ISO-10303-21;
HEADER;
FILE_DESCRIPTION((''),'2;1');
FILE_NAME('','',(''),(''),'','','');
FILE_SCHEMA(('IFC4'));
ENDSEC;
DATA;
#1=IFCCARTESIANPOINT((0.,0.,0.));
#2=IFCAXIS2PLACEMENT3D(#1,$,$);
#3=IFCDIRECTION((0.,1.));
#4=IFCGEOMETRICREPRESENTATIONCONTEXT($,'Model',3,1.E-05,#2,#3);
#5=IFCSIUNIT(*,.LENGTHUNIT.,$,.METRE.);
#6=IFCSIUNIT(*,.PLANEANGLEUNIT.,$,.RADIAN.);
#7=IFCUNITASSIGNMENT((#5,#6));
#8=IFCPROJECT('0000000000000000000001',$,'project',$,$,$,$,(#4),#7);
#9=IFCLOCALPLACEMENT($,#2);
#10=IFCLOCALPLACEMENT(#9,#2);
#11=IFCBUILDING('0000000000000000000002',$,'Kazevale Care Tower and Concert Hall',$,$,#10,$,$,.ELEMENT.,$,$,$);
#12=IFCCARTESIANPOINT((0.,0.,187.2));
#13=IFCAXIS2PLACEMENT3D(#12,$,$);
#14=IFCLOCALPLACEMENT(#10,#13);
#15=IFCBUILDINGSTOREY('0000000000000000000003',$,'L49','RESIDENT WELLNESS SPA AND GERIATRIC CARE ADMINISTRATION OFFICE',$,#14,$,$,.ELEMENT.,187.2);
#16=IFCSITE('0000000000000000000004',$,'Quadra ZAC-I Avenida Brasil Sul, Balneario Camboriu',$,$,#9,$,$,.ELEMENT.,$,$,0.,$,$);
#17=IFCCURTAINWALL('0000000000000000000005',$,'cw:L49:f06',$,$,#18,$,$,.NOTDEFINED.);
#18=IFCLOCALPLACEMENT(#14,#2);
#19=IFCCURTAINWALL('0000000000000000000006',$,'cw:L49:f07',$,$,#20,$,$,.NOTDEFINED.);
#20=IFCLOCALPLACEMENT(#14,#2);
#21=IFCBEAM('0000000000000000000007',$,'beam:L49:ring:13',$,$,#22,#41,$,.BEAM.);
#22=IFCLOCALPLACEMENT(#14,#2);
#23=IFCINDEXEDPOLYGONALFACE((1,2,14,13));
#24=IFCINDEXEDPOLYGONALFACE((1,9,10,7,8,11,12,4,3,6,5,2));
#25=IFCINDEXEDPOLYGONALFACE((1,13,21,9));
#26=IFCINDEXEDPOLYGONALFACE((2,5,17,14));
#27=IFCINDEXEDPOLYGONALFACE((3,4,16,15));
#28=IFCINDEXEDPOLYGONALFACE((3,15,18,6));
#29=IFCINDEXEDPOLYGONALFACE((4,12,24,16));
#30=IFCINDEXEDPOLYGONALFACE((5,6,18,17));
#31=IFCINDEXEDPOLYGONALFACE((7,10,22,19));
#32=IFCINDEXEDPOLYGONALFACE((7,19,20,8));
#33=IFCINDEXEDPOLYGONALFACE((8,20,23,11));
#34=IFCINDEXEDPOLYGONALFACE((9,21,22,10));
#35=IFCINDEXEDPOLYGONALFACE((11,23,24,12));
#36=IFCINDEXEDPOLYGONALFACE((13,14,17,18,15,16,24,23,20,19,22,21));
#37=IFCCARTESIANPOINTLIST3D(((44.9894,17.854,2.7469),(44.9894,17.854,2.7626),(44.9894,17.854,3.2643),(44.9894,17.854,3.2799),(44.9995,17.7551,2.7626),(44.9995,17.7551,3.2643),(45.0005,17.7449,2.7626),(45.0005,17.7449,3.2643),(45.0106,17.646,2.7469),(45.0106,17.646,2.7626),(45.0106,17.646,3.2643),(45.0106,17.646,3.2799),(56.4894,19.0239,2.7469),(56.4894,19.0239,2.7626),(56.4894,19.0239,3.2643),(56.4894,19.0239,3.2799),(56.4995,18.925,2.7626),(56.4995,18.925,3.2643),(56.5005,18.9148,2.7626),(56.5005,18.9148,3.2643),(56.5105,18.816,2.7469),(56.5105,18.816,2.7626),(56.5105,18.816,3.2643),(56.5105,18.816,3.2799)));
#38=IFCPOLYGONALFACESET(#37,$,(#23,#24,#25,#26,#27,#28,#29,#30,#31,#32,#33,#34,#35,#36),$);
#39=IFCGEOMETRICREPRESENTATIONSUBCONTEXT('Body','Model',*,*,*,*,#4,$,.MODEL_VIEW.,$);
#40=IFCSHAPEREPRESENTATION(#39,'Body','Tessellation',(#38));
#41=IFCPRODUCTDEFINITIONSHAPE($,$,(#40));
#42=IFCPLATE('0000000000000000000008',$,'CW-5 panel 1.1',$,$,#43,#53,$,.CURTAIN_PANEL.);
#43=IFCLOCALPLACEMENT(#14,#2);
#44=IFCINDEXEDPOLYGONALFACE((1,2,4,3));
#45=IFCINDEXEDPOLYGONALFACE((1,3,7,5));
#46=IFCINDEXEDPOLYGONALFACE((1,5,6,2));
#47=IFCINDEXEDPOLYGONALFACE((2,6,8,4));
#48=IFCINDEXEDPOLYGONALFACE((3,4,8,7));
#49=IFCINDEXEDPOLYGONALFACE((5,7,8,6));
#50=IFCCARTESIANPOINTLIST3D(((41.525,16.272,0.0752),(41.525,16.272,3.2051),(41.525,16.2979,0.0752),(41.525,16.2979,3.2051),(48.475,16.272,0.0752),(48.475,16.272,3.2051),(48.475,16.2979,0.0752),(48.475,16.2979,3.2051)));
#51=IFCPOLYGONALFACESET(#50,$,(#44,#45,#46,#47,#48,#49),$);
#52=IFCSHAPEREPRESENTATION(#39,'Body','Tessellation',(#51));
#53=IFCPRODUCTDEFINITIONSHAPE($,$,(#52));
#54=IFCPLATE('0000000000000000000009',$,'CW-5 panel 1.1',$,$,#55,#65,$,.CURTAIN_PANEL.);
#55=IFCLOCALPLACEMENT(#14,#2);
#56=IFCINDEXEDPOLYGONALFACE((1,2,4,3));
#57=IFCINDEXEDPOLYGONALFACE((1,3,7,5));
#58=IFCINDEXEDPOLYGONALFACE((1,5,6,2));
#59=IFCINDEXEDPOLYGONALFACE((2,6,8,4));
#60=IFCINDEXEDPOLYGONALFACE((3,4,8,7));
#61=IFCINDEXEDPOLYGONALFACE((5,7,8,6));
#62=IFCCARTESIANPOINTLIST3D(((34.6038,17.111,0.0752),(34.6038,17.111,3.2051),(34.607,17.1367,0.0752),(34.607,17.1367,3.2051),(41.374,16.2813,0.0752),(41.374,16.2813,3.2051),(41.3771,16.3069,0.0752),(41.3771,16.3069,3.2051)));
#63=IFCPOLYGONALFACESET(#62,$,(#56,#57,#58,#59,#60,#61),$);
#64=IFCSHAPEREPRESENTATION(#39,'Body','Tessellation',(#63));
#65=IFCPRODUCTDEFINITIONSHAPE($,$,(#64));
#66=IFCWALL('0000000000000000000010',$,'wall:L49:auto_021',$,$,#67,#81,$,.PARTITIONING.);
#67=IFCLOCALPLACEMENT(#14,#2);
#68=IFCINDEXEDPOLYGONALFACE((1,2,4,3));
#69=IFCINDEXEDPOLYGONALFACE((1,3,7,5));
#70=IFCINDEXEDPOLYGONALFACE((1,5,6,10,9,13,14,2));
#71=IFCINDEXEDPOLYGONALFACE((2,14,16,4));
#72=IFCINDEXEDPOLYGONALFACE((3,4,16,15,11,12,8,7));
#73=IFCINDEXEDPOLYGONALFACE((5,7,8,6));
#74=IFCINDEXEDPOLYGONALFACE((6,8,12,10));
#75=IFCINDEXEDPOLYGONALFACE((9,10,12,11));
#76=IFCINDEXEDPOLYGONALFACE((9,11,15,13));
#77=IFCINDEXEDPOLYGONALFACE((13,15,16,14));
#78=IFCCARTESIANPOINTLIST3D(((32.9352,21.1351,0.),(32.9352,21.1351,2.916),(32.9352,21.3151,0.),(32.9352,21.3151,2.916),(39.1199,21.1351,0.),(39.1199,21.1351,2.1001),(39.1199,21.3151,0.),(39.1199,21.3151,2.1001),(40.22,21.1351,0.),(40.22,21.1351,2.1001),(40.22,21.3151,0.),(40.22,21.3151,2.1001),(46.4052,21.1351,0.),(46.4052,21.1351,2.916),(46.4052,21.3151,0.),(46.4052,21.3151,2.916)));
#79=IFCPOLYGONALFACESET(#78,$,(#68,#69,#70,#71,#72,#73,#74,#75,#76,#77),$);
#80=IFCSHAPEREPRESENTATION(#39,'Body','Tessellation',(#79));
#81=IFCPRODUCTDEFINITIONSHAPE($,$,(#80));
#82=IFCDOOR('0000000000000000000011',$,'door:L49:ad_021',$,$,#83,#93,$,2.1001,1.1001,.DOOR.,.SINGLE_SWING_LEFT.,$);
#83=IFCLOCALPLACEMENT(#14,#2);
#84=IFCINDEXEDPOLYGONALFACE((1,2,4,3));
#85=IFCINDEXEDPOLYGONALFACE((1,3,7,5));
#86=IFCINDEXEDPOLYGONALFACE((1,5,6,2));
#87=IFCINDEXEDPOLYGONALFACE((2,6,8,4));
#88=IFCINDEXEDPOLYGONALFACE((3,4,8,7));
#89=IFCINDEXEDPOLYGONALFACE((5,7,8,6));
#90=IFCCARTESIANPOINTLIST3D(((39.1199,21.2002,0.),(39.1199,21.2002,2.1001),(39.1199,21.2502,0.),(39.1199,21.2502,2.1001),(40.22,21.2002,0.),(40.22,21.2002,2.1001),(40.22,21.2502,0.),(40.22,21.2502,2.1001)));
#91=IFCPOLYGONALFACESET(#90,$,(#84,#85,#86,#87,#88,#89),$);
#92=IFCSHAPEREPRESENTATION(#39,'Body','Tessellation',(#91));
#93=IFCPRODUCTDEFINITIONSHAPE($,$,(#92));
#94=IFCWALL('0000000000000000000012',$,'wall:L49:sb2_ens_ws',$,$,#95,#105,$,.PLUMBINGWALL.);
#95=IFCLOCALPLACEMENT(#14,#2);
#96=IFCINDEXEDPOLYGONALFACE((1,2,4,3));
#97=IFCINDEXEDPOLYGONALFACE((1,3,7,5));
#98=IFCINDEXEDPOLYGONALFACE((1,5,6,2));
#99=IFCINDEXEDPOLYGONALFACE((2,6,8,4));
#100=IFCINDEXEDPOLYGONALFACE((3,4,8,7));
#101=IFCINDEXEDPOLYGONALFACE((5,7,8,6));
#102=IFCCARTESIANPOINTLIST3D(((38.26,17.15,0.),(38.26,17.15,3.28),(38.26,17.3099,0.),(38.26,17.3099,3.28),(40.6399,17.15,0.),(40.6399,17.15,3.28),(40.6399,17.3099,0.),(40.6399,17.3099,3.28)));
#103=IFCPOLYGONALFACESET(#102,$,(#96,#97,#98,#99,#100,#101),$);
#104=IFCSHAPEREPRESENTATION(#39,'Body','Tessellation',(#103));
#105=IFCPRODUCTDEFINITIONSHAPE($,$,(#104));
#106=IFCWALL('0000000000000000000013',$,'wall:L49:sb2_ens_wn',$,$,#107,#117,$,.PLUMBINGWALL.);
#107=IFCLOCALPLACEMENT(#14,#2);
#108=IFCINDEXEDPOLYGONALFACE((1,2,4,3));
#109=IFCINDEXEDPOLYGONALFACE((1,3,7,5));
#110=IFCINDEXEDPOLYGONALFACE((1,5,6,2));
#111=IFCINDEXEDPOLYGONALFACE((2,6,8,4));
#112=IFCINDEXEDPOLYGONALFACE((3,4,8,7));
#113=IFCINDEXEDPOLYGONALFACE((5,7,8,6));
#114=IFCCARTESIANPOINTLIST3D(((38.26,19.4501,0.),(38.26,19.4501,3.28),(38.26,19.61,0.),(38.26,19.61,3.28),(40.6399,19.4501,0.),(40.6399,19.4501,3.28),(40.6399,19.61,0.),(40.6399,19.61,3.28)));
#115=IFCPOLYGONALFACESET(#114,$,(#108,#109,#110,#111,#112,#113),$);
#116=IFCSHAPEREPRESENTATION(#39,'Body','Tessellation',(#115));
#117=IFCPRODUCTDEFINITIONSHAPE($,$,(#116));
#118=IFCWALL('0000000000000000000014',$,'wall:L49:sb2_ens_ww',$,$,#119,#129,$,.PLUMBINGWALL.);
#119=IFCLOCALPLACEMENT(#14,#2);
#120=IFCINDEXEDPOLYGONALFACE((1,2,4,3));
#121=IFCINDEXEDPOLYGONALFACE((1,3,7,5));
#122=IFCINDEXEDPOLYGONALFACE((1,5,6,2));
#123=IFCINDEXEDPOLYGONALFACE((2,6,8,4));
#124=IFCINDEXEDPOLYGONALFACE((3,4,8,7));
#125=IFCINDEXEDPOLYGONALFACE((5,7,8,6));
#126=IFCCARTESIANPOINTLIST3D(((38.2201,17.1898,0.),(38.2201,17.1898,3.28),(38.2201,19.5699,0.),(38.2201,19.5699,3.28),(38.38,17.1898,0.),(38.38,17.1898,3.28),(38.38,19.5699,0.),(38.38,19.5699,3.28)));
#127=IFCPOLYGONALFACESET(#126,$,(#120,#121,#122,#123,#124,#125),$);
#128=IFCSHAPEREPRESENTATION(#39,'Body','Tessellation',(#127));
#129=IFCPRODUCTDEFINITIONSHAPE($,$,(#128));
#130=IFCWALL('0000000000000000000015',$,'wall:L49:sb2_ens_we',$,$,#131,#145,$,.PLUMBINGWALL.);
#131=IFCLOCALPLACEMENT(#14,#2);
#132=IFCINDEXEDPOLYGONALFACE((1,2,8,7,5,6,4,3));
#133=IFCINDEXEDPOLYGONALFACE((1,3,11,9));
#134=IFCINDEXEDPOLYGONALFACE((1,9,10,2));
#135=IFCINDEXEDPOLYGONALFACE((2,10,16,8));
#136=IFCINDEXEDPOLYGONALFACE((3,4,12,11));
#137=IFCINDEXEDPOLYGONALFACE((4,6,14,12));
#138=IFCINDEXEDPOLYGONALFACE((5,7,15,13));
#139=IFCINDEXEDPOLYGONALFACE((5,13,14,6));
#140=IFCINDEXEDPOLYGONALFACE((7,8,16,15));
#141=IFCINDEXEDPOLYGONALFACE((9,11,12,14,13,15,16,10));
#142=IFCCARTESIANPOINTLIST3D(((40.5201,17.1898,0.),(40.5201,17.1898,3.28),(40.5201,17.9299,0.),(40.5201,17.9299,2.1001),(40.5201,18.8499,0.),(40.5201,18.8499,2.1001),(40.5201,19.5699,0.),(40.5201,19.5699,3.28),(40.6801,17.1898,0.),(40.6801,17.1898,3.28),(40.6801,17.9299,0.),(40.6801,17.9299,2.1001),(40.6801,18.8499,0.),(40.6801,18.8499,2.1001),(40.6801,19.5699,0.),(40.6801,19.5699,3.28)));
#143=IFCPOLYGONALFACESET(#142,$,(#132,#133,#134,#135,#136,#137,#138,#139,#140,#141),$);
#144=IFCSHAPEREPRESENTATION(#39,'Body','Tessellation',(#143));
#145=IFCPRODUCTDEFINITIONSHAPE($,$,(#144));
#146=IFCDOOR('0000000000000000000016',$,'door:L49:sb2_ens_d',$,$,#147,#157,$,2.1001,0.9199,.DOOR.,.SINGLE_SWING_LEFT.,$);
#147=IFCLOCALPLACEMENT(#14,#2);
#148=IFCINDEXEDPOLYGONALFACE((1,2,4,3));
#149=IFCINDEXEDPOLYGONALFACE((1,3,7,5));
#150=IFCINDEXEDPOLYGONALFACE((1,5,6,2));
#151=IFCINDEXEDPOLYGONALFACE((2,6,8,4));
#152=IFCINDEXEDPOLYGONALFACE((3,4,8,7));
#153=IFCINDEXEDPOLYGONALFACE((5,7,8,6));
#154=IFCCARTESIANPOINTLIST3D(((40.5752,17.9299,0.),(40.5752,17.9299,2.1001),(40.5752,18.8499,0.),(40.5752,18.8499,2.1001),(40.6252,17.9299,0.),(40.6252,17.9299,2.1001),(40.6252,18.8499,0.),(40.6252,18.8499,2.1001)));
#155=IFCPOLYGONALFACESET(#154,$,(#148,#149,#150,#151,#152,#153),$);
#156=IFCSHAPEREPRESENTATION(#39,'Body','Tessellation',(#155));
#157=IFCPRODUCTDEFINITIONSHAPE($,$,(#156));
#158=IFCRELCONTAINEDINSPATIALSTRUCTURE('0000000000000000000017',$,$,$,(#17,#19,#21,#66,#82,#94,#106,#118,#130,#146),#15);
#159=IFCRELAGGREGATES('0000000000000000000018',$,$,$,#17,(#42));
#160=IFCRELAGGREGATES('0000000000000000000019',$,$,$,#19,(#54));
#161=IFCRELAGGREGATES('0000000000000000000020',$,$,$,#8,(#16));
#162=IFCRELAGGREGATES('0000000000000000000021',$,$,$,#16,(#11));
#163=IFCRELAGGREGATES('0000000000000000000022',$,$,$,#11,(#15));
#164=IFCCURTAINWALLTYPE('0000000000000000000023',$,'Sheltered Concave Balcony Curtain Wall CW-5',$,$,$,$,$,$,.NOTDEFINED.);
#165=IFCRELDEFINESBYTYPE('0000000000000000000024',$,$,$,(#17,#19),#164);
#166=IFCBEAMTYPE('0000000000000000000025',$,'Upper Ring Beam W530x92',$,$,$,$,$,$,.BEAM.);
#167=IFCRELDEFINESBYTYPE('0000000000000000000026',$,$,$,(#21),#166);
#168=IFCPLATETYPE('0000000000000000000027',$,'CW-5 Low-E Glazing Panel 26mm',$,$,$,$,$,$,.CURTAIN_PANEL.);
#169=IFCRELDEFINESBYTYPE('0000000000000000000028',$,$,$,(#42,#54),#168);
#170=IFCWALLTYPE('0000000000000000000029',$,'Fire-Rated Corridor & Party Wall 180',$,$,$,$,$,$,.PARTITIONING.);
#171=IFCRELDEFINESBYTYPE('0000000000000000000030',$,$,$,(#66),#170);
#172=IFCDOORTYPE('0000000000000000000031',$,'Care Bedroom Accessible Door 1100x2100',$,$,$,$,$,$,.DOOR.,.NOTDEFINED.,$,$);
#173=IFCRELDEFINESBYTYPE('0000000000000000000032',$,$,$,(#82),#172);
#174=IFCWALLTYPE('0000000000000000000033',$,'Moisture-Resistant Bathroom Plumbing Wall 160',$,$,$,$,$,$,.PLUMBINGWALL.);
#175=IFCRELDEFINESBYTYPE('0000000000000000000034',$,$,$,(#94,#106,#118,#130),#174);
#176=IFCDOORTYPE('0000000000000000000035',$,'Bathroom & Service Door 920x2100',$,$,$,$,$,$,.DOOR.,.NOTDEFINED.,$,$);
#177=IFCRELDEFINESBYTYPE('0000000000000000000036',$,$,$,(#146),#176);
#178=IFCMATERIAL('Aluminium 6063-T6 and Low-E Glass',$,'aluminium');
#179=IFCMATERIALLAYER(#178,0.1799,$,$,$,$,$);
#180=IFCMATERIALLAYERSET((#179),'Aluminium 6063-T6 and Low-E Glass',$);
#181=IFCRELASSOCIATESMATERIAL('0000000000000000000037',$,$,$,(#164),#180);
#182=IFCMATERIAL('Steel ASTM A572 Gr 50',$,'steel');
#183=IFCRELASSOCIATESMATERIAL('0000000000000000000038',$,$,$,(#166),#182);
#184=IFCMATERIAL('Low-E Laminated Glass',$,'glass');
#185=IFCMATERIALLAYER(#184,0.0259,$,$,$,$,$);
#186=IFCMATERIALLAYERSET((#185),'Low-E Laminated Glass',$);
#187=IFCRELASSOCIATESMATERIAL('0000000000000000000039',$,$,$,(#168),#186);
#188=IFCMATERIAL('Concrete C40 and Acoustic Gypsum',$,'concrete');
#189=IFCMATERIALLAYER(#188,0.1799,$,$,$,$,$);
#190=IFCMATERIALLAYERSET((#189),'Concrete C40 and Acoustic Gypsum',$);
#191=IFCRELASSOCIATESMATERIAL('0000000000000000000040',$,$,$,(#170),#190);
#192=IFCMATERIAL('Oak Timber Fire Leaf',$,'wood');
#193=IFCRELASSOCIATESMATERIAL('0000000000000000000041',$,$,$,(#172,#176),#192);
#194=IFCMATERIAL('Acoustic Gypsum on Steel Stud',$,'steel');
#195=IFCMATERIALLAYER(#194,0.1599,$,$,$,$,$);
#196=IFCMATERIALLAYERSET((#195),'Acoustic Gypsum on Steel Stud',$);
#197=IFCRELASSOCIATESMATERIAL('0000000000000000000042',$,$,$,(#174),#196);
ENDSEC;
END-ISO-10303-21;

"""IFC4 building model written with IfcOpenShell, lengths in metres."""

from ifc_helpers import new_model, si_unit, direction, frame, frame_2d, origin, origin_2d, place, context, subcontext, project, spatial, rectangle, i_section, extrude, material, layer, layer_set, material_profile, profile_set, type_object, element, fill, aggregate, save


model = new_model("IFC4")

# Units and contexts
model_context = context("Model", 3, precision=1e-05, world=origin(), true_north=direction((0.0, 1.0)))
body_context = subcontext(model_context, "Body", "Model", "MODEL_VIEW")
ifc_project = project(units=[si_unit("LENGTHUNIT", "METRE"), si_unit("PLANEANGLEUNIT", "RADIAN")], contexts=[model_context])

# Site, building, storey
site_placement = place(None, origin())
site = spatial("IfcSite", under=ifc_project, at=site_placement, Name="Quadra ZAC-I Avenida Brasil Sul, Balneario Camboriu", CompositionType="ELEMENT", RefElevation=0.0)
building_placement = place(site_placement, origin())
building = spatial("IfcBuilding", under=site, at=building_placement, Name="Kazevale Care Tower and Concert Hall", CompositionType="ELEMENT")
storey_placement = place(building_placement, frame((0.0, 0.0, 187.2)))
storey = spatial("IfcBuildingStorey", under=building, at=storey_placement, Name="L49", Description="RESIDENT WELLNESS SPA AND GERIATRIC CARE ADMINISTRATION OFFICE", CompositionType="ELEMENT", Elevation=187.2)

# Curtain wall
ifc_material_1 = material(Name="Aluminium 6063-T6 and Low-E Glass", Category="aluminium")
ifc_layer_1 = layer(ifc_material_1, 0.1799)
ifc_layer_set_1 = layer_set([ifc_layer_1], Name="Aluminium 6063-T6 and Low-E Glass")
curtain_wall_type = type_object("IfcCurtainWallType", Name="Sheltered Concave Balcony Curtain Wall CW-5", PredefinedType="NOTDEFINED", material=ifc_layer_set_1)
curtain_wall_1_placement = place(storey_placement, origin())
curtain_wall_1 = element("IfcCurtainWall", 1, at=curtain_wall_1_placement, inside=storey, type_object=curtain_wall_type, Name="cw:L49:f06", PredefinedType="NOTDEFINED")

# Curtain wall
curtain_wall_2_placement = place(storey_placement, origin())
curtain_wall_2 = element("IfcCurtainWall", 2, at=curtain_wall_2_placement, inside=storey, type_object=curtain_wall_type, Name="cw:L49:f07", PredefinedType="NOTDEFINED")

# Beam
ifc_material_2 = material(Name="Steel ASTM A572 Gr 50", Category="steel")
ifc_material_profile_1 = material_profile(ifc_material_2, i_section(OverallWidth=0.209, OverallDepth=0.533, WebThickness=0.0103, FlangeThickness=0.0156, at=origin_2d()), Name="W530x92")
ifc_profile_set_1 = profile_set([ifc_material_profile_1], Name="Steel ASTM A572 Gr 50")
beam_type_1 = type_object("IfcBeamType", Name="Upper Ring Beam W530x92", PredefinedType="BEAM", material=ifc_profile_set_1)
beam_1_placement = place(storey_placement, frame((45.0, 17.75, 3.0134), z_axis=(0.994865, 0.10121, 0.0), x_axis=(-0.10121, 0.994865, 0.0)))
element("IfcBeam", 3, at=beam_1_placement, inside=storey, type_object=beam_type_1, Name="beam:L49:ring:13", PredefinedType="BEAM", context=body_context, shape_type="SweptSolid", body=[
    extrude(i_section(OverallWidth=0.209, OverallDepth=0.533, WebThickness=0.0103, FlangeThickness=0.0156, at=origin_2d()), origin(), (0.0, 0.0, 1.0), 11.5593),
])

# Plates
ifc_material_3 = material(Name="Low-E Laminated Glass", Category="glass")
ifc_layer_2 = layer(ifc_material_3, 0.0259)
ifc_layer_set_2 = layer_set([ifc_layer_2], Name="Low-E Laminated Glass")
plate_type = type_object("IfcPlateType", Name="CW-5 Low-E Glazing Panel 26mm", PredefinedType="CURTAIN_PANEL", material=ifc_layer_set_2)
plate_1_placement = place(storey_placement, frame((45.0, 16.2849, 0.0752), z_axis=(0.0, 0.0, 1.0), x_axis=(-1.0, 0.0, 0.0)))
plate_1 = element("IfcPlate", 4, at=plate_1_placement, type_object=plate_type, Name="CW-5 panel 1.1", PredefinedType="CURTAIN_PANEL", context=body_context, shape_type="SweptSolid", body=[
    extrude(rectangle(XDim=6.95, YDim=0.0259, at=origin_2d()), origin(), (0.0, 0.0, 1.0), 3.1299),
])
aggregate(curtain_wall_1, [plate_1])
plate_2_placement = place(storey_placement, frame((37.9905, 16.709, 0.0752), z_axis=(0.0, 0.0, 1.0), x_axis=(-0.992573, 0.121651, 0.0)))
plate_2 = element("IfcPlate", 5, at=plate_2_placement, type_object=plate_type, Name="CW-5 panel 1.1", PredefinedType="CURTAIN_PANEL", context=body_context, shape_type="SweptSolid", body=[
    extrude(rectangle(XDim=6.8208, YDim=0.0259, at=origin_2d()), origin(), (0.0, 0.0, 1.0), 3.1299),
])
aggregate(curtain_wall_2, [plate_2])

# Wall, opening, door
ifc_material_4 = material(Name="Concrete C40 and Acoustic Gypsum", Category="concrete")
ifc_layer_3 = layer(ifc_material_4, 0.1799)
ifc_layer_set_3 = layer_set([ifc_layer_3], Name="Concrete C40 and Acoustic Gypsum")
wall_type_1 = type_object("IfcWallType", Name="Fire-Rated Corridor & Party Wall 180", PredefinedType="PARTITIONING", material=ifc_layer_set_3)
ifc_material_5 = material(Name="Oak Timber Fire Leaf", Category="wood")
wall_1_placement = place(storey_placement, frame((46.405, 21.2251, 0.0), z_axis=(0.0, 0.0, 1.0), x_axis=(-1.0, 0.0, 0.0)))
wall_1 = element("IfcWall", 6, at=wall_1_placement, inside=storey, type_object=wall_type_1, Name="wall:L49:auto_021", PredefinedType="PARTITIONING", context=body_context, shape_type="SweptSolid", body=[
    extrude(rectangle(XDim=13.47, YDim=0.1799, at=frame_2d((6.7349, 0.0))), origin(), (0.0, 0.0, 1.0), 2.916),
])
opening_1_placement = place(wall_1_placement, frame((6.1851, 0.0, 0.0)))
opening_1 = element("IfcOpeningElement", 7, at=opening_1_placement, cuts=wall_1, PredefinedType="OPENING", context=body_context, shape_type="SweptSolid", body=[
    extrude(rectangle(XDim=1.1001, YDim=2.1001, at=frame_2d((0.55, 1.05))), frame((0.0, 0.0999, 0.0), z_axis=(0.0, -1.0, 0.0), x_axis=(1.0, 0.0, 0.0)), (0.0, 0.0, 1.0), 0.2),
])
door_type_1 = type_object("IfcDoorType", Name="Care Bedroom Accessible Door 1100x2100", OperationType="NOTDEFINED", PredefinedType="DOOR", material=ifc_material_5)
door_1_placement = place(opening_1_placement, origin())
door_1 = element("IfcDoor", 8, at=door_1_placement, inside=storey, type_object=door_type_1, Name="door:L49:ad_021", OperationType="SINGLE_SWING_LEFT", OverallHeight=2.1001, OverallWidth=1.1001, PredefinedType="DOOR", context=body_context, shape_type="SweptSolid", body=[
    extrude(rectangle(XDim=1.1001, YDim=2.1001, at=frame_2d((0.55, 1.05))), frame((0.0, 0.0249, 0.0), z_axis=(0.0, -1.0, 0.0), x_axis=(1.0, 0.0, 0.0)), (0.0, 0.0, 1.0), 0.05),
])
fill(opening_1, door_1)

# Walls
ifc_material_6 = material(Name="Acoustic Gypsum on Steel Stud", Category="steel")
ifc_layer_4 = layer(ifc_material_6, 0.1599)
ifc_layer_set_4 = layer_set([ifc_layer_4], Name="Acoustic Gypsum on Steel Stud")
wall_type_2 = type_object("IfcWallType", Name="Moisture-Resistant Bathroom Plumbing Wall 160", PredefinedType="PLUMBINGWALL", material=ifc_layer_set_4)
for number, where, z_axis, x_axis, name in (
    (9, (38.26, 17.23, 0.0), (0.0, 0.0, 1.0), (1.0, 0.0, 0.0), "wall:L49:sb2_ens_ws"),
    (10, (38.26, 19.53, 0.0), (0.0, 0.0, 1.0), (1.0, 0.0, 0.0), "wall:L49:sb2_ens_wn"),
):
    element("IfcWall", number, at=place(storey_placement, frame(where, z_axis=z_axis, x_axis=x_axis)), inside=storey, type_object=wall_type_2, Name=name, PredefinedType="PLUMBINGWALL", context=body_context, shape_type="SweptSolid", body=[
        extrude(rectangle(XDim=2.3799, YDim=0.1599, at=frame_2d((1.1899, 0.0))), origin(), (0.0, 0.0, 1.0), 3.28),
    ])
wall_2_placement = place(storey_placement, frame((38.3, 17.1899, 0.0), z_axis=(0.0, 0.0, 1.0), x_axis=(0.0, 1.0, 0.0)))
element("IfcWall", 11, at=wall_2_placement, inside=storey, type_object=wall_type_2, Name="wall:L49:sb2_ens_ww", PredefinedType="PLUMBINGWALL", context=body_context, shape_type="SweptSolid", body=[
    extrude(rectangle(XDim=2.3801, YDim=0.1599, at=frame_2d((1.1899, 0.0))), origin(), (0.0, 0.0, 1.0), 3.28),
])

# Wall, opening, door
wall_3_placement = place(storey_placement, frame((40.6001, 17.1899, 0.0), z_axis=(0.0, 0.0, 1.0), x_axis=(0.0, 1.0, 0.0)))
wall_3 = element("IfcWall", 12, at=wall_3_placement, inside=storey, type_object=wall_type_2, Name="wall:L49:sb2_ens_we", PredefinedType="PLUMBINGWALL", context=body_context, shape_type="SweptSolid", body=[
    extrude(rectangle(XDim=2.3801, YDim=0.1599, at=frame_2d((1.1899, 0.0))), origin(), (0.0, 0.0, 1.0), 3.28),
])
opening_2_placement = place(wall_3_placement, frame((0.74, 0.0, 0.0)))
opening_2 = element("IfcOpeningElement", 13, at=opening_2_placement, cuts=wall_3, PredefinedType="OPENING", context=body_context, shape_type="SweptSolid", body=[
    extrude(rectangle(XDim=0.9199, YDim=2.1001, at=frame_2d((0.46, 1.05))), frame((0.0, 0.0898, 0.0), z_axis=(0.0, -1.0, 0.0), x_axis=(1.0, 0.0, 0.0)), (0.0, 0.0, 1.0), 0.1799),
])
door_type_2 = type_object("IfcDoorType", Name="Bathroom & Service Door 920x2100", OperationType="NOTDEFINED", PredefinedType="DOOR", material=ifc_material_5)
door_2_placement = place(opening_2_placement, origin())
door_2 = element("IfcDoor", 14, at=door_2_placement, inside=storey, type_object=door_type_2, Name="door:L49:sb2_ens_d", OperationType="SINGLE_SWING_LEFT", OverallHeight=2.1001, OverallWidth=0.9199, PredefinedType="DOOR", context=body_context, shape_type="SweptSolid", body=[
    extrude(rectangle(XDim=0.9199, YDim=2.1001, at=frame_2d((0.46, 1.05))), frame((0.0, 0.0249, 0.0), z_axis=(0.0, -1.0, 0.0), x_axis=(1.0, 0.0, 0.0)), (0.0, 0.0, 1.0), 0.05),
])
fill(opening_2, door_2)

save(model, "model.ifc")
